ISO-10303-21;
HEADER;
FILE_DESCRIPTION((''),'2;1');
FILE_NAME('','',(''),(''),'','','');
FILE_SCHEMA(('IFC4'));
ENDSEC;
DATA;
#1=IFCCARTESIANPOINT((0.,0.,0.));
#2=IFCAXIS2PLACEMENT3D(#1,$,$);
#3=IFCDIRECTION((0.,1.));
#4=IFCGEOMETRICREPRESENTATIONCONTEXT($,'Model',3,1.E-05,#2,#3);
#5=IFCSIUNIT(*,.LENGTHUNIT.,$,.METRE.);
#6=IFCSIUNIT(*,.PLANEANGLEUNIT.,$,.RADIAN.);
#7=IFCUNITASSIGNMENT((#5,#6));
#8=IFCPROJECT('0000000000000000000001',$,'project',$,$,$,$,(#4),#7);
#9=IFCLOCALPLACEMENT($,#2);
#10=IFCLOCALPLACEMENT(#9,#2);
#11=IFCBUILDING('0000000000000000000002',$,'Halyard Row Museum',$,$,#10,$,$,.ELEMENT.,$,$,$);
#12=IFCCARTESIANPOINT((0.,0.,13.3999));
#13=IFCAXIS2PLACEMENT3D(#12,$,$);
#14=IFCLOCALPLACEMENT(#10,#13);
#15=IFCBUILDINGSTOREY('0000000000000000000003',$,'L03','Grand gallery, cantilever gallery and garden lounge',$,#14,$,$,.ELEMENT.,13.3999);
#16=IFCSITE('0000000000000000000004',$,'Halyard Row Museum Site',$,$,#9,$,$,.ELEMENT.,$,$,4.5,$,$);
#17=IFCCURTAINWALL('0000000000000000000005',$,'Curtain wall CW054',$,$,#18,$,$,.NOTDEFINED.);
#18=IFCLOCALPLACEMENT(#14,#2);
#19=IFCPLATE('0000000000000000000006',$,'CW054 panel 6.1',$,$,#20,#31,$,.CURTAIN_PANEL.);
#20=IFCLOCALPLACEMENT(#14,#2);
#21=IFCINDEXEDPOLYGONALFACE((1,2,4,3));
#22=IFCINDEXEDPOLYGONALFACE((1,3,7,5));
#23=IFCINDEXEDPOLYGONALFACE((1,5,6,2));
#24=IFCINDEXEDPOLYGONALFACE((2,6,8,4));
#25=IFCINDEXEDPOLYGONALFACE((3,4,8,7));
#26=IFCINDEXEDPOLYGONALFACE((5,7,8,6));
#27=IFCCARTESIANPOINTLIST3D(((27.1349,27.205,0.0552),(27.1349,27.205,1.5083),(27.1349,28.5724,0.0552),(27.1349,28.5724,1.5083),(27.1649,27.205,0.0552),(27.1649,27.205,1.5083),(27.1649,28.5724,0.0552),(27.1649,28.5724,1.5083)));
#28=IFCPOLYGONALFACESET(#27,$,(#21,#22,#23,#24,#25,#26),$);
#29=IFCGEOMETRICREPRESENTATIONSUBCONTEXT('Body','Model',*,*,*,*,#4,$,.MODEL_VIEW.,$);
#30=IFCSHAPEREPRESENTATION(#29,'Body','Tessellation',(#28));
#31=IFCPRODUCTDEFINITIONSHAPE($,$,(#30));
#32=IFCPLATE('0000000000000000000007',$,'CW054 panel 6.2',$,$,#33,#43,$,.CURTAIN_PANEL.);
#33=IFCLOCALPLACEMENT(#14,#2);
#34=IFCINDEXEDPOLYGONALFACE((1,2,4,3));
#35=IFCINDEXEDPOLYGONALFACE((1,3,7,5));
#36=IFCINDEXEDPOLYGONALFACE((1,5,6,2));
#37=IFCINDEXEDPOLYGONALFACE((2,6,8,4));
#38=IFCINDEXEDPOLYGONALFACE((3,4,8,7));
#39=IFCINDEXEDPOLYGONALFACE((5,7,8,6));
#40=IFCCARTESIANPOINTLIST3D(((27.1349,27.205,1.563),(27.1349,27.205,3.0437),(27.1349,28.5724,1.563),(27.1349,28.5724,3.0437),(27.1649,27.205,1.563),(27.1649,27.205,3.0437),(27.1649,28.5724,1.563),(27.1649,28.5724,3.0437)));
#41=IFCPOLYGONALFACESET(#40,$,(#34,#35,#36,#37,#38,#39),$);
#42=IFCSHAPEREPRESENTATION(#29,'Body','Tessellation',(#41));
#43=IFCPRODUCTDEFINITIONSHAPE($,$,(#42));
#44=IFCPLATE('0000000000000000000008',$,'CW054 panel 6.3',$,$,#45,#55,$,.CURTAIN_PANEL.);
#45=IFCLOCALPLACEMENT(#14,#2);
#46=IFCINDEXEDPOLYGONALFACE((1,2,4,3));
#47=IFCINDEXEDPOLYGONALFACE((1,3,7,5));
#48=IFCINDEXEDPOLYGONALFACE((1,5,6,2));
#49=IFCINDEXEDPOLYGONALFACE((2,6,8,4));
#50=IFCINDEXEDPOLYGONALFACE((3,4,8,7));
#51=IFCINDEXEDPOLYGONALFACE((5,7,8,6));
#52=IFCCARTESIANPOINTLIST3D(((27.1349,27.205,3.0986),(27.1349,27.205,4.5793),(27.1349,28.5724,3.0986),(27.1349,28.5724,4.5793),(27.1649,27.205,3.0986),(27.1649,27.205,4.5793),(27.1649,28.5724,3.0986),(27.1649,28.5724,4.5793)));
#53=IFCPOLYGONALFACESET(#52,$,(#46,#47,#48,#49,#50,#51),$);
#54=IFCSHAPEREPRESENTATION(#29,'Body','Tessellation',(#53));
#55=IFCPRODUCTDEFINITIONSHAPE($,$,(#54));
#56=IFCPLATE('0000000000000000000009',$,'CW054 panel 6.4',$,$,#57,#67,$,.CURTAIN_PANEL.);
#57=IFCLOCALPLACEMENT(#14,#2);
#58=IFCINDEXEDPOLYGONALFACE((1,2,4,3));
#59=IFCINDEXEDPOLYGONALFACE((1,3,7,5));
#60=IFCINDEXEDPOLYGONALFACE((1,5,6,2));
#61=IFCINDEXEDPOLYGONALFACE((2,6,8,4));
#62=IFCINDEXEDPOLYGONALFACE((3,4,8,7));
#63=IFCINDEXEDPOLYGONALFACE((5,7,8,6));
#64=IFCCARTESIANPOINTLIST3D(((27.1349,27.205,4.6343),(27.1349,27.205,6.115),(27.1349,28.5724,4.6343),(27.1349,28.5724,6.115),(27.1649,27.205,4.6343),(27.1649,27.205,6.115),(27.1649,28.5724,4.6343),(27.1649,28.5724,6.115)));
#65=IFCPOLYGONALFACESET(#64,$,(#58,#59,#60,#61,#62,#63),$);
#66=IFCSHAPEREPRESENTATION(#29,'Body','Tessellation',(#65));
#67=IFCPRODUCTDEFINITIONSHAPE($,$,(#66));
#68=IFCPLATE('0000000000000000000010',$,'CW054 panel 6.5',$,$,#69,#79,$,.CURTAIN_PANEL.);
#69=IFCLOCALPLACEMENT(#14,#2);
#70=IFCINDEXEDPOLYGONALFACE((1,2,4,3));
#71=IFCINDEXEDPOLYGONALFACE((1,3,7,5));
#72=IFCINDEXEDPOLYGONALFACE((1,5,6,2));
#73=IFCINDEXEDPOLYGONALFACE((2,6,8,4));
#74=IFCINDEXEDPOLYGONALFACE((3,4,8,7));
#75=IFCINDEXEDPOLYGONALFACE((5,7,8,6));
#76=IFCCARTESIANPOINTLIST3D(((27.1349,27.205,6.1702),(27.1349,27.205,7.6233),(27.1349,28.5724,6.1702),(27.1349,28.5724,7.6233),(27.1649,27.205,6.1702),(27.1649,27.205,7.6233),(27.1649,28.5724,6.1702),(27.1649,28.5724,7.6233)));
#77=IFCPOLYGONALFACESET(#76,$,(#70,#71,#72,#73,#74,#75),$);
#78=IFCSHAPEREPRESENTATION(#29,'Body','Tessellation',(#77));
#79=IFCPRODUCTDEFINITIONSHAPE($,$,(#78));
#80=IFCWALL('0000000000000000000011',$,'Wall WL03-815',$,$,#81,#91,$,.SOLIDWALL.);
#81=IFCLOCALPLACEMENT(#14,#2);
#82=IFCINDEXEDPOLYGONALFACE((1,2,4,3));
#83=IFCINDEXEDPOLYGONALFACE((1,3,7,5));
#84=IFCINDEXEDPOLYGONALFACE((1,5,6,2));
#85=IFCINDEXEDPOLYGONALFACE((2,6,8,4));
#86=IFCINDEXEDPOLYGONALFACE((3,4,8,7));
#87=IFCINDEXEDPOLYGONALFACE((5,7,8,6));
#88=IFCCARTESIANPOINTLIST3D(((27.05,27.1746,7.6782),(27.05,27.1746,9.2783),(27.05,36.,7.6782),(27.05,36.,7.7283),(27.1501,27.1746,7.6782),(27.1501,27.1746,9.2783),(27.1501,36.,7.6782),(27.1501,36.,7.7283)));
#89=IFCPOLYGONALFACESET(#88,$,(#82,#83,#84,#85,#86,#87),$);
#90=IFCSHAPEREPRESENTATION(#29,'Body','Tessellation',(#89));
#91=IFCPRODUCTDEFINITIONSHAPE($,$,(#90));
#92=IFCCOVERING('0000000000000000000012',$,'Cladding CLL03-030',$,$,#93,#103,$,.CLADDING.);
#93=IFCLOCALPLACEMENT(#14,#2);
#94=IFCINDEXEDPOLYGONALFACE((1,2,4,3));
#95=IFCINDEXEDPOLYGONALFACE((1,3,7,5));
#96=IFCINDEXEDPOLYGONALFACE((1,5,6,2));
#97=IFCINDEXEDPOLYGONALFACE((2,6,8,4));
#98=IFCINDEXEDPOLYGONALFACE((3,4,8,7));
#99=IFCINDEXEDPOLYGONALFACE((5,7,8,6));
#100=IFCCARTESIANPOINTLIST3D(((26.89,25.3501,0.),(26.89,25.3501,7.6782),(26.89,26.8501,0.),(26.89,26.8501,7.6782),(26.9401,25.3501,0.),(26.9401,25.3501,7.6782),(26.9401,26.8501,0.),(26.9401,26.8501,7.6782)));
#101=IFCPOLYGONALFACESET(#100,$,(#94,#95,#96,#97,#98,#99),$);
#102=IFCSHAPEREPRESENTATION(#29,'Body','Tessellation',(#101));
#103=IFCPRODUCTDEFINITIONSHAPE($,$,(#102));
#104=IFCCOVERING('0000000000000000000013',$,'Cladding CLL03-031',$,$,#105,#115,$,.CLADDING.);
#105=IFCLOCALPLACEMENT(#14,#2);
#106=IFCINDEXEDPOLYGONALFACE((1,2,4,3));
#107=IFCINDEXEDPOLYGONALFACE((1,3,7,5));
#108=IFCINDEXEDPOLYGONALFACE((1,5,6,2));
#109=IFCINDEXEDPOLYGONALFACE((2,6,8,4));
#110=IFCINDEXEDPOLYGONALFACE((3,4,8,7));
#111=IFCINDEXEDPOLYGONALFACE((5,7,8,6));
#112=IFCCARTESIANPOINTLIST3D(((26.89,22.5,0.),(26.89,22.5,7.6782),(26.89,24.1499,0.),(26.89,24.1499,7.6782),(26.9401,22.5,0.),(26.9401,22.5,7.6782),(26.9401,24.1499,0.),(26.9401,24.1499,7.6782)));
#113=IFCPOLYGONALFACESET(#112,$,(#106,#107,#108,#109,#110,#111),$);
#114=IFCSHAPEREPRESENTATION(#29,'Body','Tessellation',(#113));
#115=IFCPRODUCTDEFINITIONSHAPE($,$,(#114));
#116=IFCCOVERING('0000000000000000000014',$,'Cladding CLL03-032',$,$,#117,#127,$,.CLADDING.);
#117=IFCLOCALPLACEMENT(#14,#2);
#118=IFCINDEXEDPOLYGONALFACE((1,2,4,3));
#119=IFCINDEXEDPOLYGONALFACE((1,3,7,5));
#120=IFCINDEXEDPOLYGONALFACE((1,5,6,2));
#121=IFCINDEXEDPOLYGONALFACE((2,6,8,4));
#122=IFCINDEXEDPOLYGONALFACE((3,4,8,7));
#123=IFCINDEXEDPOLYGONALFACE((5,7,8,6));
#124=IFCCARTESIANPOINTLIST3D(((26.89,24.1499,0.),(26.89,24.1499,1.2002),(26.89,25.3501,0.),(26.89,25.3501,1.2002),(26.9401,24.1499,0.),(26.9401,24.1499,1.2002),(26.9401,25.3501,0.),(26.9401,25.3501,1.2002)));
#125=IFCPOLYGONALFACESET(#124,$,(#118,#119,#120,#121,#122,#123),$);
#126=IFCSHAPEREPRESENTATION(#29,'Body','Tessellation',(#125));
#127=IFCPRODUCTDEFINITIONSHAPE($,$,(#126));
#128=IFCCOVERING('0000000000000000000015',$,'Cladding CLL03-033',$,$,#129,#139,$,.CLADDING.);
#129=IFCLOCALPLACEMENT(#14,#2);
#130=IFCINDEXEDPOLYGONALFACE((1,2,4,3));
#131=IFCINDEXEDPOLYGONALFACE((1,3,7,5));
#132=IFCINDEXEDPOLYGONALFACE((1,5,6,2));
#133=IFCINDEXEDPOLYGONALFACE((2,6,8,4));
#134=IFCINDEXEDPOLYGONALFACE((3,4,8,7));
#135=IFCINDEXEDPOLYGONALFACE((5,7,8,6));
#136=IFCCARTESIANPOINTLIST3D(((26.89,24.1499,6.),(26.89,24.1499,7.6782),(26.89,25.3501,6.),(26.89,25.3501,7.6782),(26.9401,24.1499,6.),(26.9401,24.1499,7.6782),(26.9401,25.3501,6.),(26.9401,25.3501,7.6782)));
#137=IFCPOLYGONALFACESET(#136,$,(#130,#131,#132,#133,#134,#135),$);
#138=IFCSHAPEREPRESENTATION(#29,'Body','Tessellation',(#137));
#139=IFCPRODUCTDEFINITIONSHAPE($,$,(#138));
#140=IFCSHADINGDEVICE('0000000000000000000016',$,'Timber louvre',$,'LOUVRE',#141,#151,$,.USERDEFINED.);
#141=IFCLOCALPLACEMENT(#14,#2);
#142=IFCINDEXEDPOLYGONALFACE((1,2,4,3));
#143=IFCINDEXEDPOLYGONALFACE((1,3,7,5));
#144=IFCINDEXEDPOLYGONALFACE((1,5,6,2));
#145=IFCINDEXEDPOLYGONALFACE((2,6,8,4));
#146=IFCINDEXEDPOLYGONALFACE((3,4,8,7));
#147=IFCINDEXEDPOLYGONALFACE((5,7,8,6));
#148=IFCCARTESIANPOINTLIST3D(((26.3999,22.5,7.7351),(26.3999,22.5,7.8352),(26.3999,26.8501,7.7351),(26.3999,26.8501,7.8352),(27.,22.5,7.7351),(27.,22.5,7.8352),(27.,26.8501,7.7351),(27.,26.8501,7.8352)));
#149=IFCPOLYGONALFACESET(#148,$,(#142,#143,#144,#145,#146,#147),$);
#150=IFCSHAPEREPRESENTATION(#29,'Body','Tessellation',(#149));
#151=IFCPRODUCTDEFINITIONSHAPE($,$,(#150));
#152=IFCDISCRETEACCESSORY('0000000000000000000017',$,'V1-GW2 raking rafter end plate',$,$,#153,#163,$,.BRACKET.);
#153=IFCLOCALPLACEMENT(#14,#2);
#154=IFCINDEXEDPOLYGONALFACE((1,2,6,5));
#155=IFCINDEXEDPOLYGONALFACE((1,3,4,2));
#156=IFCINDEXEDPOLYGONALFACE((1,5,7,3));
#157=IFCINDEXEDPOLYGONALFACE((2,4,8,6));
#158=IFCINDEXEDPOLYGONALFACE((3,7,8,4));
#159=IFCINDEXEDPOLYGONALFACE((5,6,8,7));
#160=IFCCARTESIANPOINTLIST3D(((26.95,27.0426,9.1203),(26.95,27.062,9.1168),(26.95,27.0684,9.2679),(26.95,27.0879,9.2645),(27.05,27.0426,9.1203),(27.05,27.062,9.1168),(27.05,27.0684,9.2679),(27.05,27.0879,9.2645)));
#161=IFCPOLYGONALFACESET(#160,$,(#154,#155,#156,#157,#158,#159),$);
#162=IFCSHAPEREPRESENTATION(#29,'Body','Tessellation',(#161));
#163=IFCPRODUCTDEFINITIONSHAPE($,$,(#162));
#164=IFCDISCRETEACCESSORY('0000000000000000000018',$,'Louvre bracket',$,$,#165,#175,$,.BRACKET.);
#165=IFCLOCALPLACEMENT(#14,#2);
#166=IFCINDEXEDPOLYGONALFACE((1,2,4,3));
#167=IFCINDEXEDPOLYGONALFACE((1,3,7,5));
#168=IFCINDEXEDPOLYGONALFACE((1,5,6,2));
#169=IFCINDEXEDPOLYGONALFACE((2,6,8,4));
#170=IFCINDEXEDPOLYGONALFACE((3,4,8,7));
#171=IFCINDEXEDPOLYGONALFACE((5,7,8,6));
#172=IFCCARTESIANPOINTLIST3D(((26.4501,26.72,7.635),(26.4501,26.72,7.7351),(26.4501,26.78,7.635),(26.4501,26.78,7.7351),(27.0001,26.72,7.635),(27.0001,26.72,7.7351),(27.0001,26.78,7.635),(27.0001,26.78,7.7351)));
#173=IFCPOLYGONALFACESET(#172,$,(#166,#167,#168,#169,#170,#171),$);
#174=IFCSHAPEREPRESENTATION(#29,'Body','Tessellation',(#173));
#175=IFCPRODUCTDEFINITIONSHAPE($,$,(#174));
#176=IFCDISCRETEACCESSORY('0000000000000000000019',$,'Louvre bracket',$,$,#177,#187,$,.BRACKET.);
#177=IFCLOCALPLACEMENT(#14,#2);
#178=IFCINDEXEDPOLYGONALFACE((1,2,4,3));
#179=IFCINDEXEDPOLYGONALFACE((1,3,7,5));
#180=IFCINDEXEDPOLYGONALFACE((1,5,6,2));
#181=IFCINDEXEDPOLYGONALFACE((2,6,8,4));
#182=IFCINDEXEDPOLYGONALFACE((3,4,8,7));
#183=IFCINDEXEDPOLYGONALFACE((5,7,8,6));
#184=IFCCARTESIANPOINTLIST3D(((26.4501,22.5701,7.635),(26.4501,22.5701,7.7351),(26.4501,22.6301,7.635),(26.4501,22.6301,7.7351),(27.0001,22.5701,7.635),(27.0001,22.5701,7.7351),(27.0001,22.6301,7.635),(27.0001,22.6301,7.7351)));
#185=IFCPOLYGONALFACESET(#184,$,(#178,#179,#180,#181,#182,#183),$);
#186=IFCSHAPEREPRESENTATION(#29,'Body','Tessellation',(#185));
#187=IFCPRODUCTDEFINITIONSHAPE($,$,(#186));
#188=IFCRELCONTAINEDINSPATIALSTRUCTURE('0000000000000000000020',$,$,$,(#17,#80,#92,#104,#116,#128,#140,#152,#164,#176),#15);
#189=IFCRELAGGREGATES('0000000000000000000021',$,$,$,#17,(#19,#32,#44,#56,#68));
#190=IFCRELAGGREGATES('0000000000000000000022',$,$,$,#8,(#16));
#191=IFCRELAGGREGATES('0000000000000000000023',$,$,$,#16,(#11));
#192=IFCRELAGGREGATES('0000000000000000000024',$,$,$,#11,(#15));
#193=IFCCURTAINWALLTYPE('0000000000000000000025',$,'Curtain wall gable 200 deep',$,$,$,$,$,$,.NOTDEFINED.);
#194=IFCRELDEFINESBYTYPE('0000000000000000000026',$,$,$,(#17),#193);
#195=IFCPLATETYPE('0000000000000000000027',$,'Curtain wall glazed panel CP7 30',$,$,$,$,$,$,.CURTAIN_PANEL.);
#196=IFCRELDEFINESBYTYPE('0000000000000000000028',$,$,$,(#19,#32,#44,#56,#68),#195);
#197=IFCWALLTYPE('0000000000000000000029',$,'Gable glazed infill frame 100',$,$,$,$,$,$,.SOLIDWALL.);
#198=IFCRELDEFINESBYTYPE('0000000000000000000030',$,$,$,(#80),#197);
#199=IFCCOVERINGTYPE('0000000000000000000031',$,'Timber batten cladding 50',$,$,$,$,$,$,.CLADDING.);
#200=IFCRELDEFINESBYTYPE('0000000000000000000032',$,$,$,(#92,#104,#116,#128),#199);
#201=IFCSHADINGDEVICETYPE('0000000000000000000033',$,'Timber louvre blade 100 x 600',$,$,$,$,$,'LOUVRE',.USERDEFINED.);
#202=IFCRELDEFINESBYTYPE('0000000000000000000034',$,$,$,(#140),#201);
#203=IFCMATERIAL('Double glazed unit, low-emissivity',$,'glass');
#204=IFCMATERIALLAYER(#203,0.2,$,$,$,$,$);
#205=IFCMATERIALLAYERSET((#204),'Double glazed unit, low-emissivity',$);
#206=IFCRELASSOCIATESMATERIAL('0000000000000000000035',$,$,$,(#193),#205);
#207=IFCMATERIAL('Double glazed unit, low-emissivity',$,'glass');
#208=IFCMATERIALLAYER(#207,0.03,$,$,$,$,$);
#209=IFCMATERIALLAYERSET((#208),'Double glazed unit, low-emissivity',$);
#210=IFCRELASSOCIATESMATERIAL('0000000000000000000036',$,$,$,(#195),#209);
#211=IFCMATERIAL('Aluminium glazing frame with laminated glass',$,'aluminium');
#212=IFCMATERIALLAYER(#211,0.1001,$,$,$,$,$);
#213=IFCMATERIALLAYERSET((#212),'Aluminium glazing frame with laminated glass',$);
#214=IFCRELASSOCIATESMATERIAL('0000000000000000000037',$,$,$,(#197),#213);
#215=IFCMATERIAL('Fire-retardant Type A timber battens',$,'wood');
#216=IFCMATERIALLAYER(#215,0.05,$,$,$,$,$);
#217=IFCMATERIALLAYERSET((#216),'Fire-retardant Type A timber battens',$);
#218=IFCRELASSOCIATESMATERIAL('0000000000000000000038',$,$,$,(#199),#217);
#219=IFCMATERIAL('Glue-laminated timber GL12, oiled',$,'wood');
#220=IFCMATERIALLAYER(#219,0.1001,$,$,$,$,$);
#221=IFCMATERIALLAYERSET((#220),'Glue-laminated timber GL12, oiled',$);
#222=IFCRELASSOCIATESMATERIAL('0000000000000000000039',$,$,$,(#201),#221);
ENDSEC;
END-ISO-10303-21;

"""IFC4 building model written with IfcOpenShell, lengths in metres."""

from ifc_helpers import new_model, si_unit, direction, frame, frame_2d, origin, origin_2d, place, context, subcontext, project, spatial, polyline, rectangle, outline, extrude, material, layer, layer_set, type_object, element, aggregate, save


model = new_model("IFC4")

# Units and contexts
model_context = context("Model", 3, precision=1e-05, world=origin(), true_north=direction((0.0, 1.0)))
body_context = subcontext(model_context, "Body", "Model", "MODEL_VIEW")
ifc_project = project(units=[si_unit("LENGTHUNIT", "METRE"), si_unit("PLANEANGLEUNIT", "RADIAN")], contexts=[model_context])

# Site, building, storey
site_placement = place(None, origin())
site = spatial("IfcSite", under=ifc_project, at=site_placement, Name="Halyard Row Museum Site", CompositionType="ELEMENT", RefElevation=4.5)
building_placement = place(site_placement, origin())
building = spatial("IfcBuilding", under=site, at=building_placement, Name="Halyard Row Museum", CompositionType="ELEMENT")
storey_placement = place(building_placement, frame((0.0, 0.0, 13.3999)))
storey = spatial("IfcBuildingStorey", under=building, at=storey_placement, Name="L03", Description="Grand gallery, cantilever gallery and garden lounge", CompositionType="ELEMENT", Elevation=13.3999)

# Curtain wall
ifc_material_1 = material(Name="Double glazed unit, low-emissivity", Category="glass")
ifc_layer_1 = layer(ifc_material_1, 0.2)
ifc_layer_set_1 = layer_set([ifc_layer_1], Name="Double glazed unit, low-emissivity")
curtain_wall_type = type_object("IfcCurtainWallType", Name="Curtain wall gable 200 deep", PredefinedType="NOTDEFINED", material=ifc_layer_set_1)
curtain_wall_placement = place(storey_placement, origin())
curtain_wall = element("IfcCurtainWall", 1, at=curtain_wall_placement, inside=storey, type_object=curtain_wall_type, Name="Curtain wall CW054", PredefinedType="NOTDEFINED")

# Plates
ifc_material_2 = material(Name="Double glazed unit, low-emissivity", Category="glass")
ifc_layer_2 = layer(ifc_material_2, 0.03)
ifc_layer_set_2 = layer_set([ifc_layer_2], Name="Double glazed unit, low-emissivity")
plate_type = type_object("IfcPlateType", Name="Curtain wall glazed panel CP7 30", PredefinedType="CURTAIN_PANEL", material=ifc_layer_set_2)
plate_1_placement = place(storey_placement, frame((27.1499, 27.8887, 0.0552), z_axis=(0.0, 0.0, 1.0), x_axis=(0.0, -1.0, 0.0)))
plate_1 = element("IfcPlate", 2, at=plate_1_placement, type_object=plate_type, Name="CW054 panel 6.1", PredefinedType="CURTAIN_PANEL", context=body_context, shape_type="SweptSolid", body=[
    extrude(rectangle(XDim=1.3674, YDim=0.03, at=origin_2d()), origin(), (0.0, 0.0, 1.0), 1.4531),
])
plate_2_placement = place(storey_placement, frame((27.1499, 27.8887, 1.563), z_axis=(0.0, 0.0, 1.0), x_axis=(0.0, -1.0, 0.0)))
plate_2 = element("IfcPlate", 3, at=plate_2_placement, type_object=plate_type, Name="CW054 panel 6.2", PredefinedType="CURTAIN_PANEL", context=body_context, shape_type="SweptSolid", body=[
    extrude(rectangle(XDim=1.3674, YDim=0.03, at=origin_2d()), origin(), (0.0, 0.0, 1.0), 1.4807),
])
plate_3_placement = place(storey_placement, frame((27.1499, 27.8887, 3.0986), z_axis=(0.0, 0.0, 1.0), x_axis=(0.0, -1.0, 0.0)))
plate_3 = element("IfcPlate", 4, at=plate_3_placement, type_object=plate_type, Name="CW054 panel 6.3", PredefinedType="CURTAIN_PANEL", context=body_context, shape_type="SweptSolid", body=[
    extrude(rectangle(XDim=1.3674, YDim=0.03, at=origin_2d()), origin(), (0.0, 0.0, 1.0), 1.4807),
])
plate_4_placement = place(storey_placement, frame((27.1499, 27.8887, 4.6343), z_axis=(0.0, 0.0, 1.0), x_axis=(0.0, -1.0, 0.0)))
plate_4 = element("IfcPlate", 5, at=plate_4_placement, type_object=plate_type, Name="CW054 panel 6.4", PredefinedType="CURTAIN_PANEL", context=body_context, shape_type="SweptSolid", body=[
    extrude(rectangle(XDim=1.3674, YDim=0.03, at=origin_2d()), origin(), (0.0, 0.0, 1.0), 1.4807),
])
plate_5_placement = place(storey_placement, frame((27.1499, 27.8887, 6.1702), z_axis=(0.0, 0.0, 1.0), x_axis=(0.0, -1.0, 0.0)))
plate_5 = element("IfcPlate", 6, at=plate_5_placement, type_object=plate_type, Name="CW054 panel 6.5", PredefinedType="CURTAIN_PANEL", context=body_context, shape_type="SweptSolid", body=[
    extrude(rectangle(XDim=1.3674, YDim=0.03, at=origin_2d()), origin(), (0.0, 0.0, 1.0), 1.4531),
])
aggregate(curtain_wall, [plate_1, plate_2, plate_3, plate_4, plate_5])

# Wall
ifc_material_3 = material(Name="Aluminium glazing frame with laminated glass", Category="aluminium")
ifc_layer_3 = layer(ifc_material_3, 0.1001)
ifc_layer_set_3 = layer_set([ifc_layer_3], Name="Aluminium glazing frame with laminated glass")
wall_type = type_object("IfcWallType", Name="Gable glazed infill frame 100", PredefinedType="SOLIDWALL", material=ifc_layer_set_3)
wall_placement = place(storey_placement, frame((27.1001, 27.1746, 7.6782), z_axis=(0.0, 0.0, 1.0), x_axis=(0.0, 1.0, 0.0)))
element("IfcWall", 7, at=wall_placement, inside=storey, type_object=wall_type, Name="Wall WL03-815", PredefinedType="SOLIDWALL", context=body_context, shape_type="SweptSolid", body=[
    extrude(outline(polyline([(0.0, 0.0), (8.8254, 0.0), (8.8254, 0.05), (0.0, 1.6001), (0.0, 0.0)])), frame((0.0, 0.05, 0.0), z_axis=(0.0, -1.0, 0.0), x_axis=(1.0, 0.0, 0.0)), (0.0, 0.0, 1.0), 0.1001),
])

# Coverings
ifc_material_4 = material(Name="Fire-retardant Type A timber battens", Category="wood")
ifc_layer_4 = layer(ifc_material_4, 0.05)
ifc_layer_set_4 = layer_set([ifc_layer_4], Name="Fire-retardant Type A timber battens")
covering_type = type_object("IfcCoveringType", Name="Timber batten cladding 50", PredefinedType="CLADDING", material=ifc_layer_set_4)
covering_1_placement = place(storey_placement, frame((26.915, 26.8501, 0.0), z_axis=(0.0, 0.0, 1.0), x_axis=(0.0, -1.0, 0.0)))
element("IfcCovering", 8, at=covering_1_placement, inside=storey, type_object=covering_type, Name="Cladding CLL03-030", PredefinedType="CLADDING", context=body_context, shape_type="SweptSolid", body=[
    extrude(rectangle(XDim=1.5, YDim=0.05, at=frame_2d((0.75, 0.0))), origin(), (0.0, 0.0, 1.0), 7.6782),
])
covering_2_placement = place(storey_placement, frame((26.915, 24.1499, 0.0), z_axis=(0.0, 0.0, 1.0), x_axis=(0.0, -1.0, 0.0)))
element("IfcCovering", 9, at=covering_2_placement, inside=storey, type_object=covering_type, Name="Cladding CLL03-031", PredefinedType="CLADDING", context=body_context, shape_type="SweptSolid", body=[
    extrude(rectangle(XDim=1.6499, YDim=0.05, at=frame_2d((0.825, 0.0))), origin(), (0.0, 0.0, 1.0), 7.6782),
])
covering_3_placement = place(storey_placement, frame((26.915, 25.3501, 0.0), z_axis=(0.0, 0.0, 1.0), x_axis=(0.0, -1.0, 0.0)))
element("IfcCovering", 10, at=covering_3_placement, inside=storey, type_object=covering_type, Name="Cladding CLL03-032", PredefinedType="CLADDING", context=body_context, shape_type="SweptSolid", body=[
    extrude(rectangle(XDim=1.2002, YDim=0.05, at=frame_2d((0.6001, 0.0))), origin(), (0.0, 0.0, 1.0), 1.2002),
])
covering_4_placement = place(storey_placement, frame((26.915, 25.3501, 6.0), z_axis=(0.0, 0.0, 1.0), x_axis=(0.0, -1.0, 0.0)))
element("IfcCovering", 11, at=covering_4_placement, inside=storey, type_object=covering_type, Name="Cladding CLL03-033", PredefinedType="CLADDING", context=body_context, shape_type="SweptSolid", body=[
    extrude(rectangle(XDim=1.2002, YDim=0.05, at=frame_2d((0.6001, 0.0))), origin(), (0.0, 0.0, 1.0), 1.6782),
])

# Shading device
ifc_material_5 = material(Name="Glue-laminated timber GL12, oiled", Category="wood")
ifc_layer_5 = layer(ifc_material_5, 0.1001)
ifc_layer_set_5 = layer_set([ifc_layer_5], Name="Glue-laminated timber GL12, oiled")
shading_device_type = type_object("IfcShadingDeviceType", Name="Timber louvre blade 100 x 600", ElementType="LOUVRE", PredefinedType="USERDEFINED", material=ifc_layer_set_5)
shading_device_placement = place(storey_placement, frame((26.7, 24.675, 7.7351), z_axis=(0.0, 0.0, 1.0), x_axis=(1.0, 0.0, 0.0)))
element("IfcShadingDevice", 12, at=shading_device_placement, inside=storey, type_object=shading_device_type, Name="Timber louvre", ObjectType="LOUVRE", PredefinedType="USERDEFINED", context=body_context, shape_type="SweptSolid", body=[
    extrude(rectangle(XDim=0.6001, YDim=4.3501, at=origin_2d()), origin(), (0.0, 0.0, 1.0), 0.1001),
])

# Discrete accessories
discrete_accessory_placement = place(storey_placement, frame((27.0, 27.075, 9.1907), z_axis=(0.0, -0.98503, 0.17238), x_axis=(1.0, 0.0, 0.0)))
element("IfcDiscreteAccessory", 13, at=discrete_accessory_placement, inside=storey, Name="V1-GW2 raking rafter end plate", PredefinedType="BRACKET", context=body_context, shape_type="SweptSolid", body=[
    extrude(rectangle(XDim=0.1001, YDim=0.1499, at=origin_2d()), origin(), (0.0, 0.0, 1.0), 0.0198),
])
for number, where, z_axis, x_axis, name in (
    (14, (26.7251, 26.75, 7.635), (0.0, 0.0, 1.0), (1.0, 0.0, 0.0), "Louvre bracket"),
    (15, (26.7251, 22.6001, 7.635), (0.0, 0.0, 1.0), (1.0, 0.0, 0.0), "Louvre bracket"),
):
    element("IfcDiscreteAccessory", number, at=place(storey_placement, frame(where, z_axis=z_axis, x_axis=x_axis)), inside=storey, Name=name, PredefinedType="BRACKET", context=body_context, shape_type="SweptSolid", body=[
        extrude(rectangle(XDim=0.55, YDim=0.0601, at=origin_2d()), origin(), (0.0, 0.0, 1.0), 0.1001),
    ])

save(model, "model.ifc")
